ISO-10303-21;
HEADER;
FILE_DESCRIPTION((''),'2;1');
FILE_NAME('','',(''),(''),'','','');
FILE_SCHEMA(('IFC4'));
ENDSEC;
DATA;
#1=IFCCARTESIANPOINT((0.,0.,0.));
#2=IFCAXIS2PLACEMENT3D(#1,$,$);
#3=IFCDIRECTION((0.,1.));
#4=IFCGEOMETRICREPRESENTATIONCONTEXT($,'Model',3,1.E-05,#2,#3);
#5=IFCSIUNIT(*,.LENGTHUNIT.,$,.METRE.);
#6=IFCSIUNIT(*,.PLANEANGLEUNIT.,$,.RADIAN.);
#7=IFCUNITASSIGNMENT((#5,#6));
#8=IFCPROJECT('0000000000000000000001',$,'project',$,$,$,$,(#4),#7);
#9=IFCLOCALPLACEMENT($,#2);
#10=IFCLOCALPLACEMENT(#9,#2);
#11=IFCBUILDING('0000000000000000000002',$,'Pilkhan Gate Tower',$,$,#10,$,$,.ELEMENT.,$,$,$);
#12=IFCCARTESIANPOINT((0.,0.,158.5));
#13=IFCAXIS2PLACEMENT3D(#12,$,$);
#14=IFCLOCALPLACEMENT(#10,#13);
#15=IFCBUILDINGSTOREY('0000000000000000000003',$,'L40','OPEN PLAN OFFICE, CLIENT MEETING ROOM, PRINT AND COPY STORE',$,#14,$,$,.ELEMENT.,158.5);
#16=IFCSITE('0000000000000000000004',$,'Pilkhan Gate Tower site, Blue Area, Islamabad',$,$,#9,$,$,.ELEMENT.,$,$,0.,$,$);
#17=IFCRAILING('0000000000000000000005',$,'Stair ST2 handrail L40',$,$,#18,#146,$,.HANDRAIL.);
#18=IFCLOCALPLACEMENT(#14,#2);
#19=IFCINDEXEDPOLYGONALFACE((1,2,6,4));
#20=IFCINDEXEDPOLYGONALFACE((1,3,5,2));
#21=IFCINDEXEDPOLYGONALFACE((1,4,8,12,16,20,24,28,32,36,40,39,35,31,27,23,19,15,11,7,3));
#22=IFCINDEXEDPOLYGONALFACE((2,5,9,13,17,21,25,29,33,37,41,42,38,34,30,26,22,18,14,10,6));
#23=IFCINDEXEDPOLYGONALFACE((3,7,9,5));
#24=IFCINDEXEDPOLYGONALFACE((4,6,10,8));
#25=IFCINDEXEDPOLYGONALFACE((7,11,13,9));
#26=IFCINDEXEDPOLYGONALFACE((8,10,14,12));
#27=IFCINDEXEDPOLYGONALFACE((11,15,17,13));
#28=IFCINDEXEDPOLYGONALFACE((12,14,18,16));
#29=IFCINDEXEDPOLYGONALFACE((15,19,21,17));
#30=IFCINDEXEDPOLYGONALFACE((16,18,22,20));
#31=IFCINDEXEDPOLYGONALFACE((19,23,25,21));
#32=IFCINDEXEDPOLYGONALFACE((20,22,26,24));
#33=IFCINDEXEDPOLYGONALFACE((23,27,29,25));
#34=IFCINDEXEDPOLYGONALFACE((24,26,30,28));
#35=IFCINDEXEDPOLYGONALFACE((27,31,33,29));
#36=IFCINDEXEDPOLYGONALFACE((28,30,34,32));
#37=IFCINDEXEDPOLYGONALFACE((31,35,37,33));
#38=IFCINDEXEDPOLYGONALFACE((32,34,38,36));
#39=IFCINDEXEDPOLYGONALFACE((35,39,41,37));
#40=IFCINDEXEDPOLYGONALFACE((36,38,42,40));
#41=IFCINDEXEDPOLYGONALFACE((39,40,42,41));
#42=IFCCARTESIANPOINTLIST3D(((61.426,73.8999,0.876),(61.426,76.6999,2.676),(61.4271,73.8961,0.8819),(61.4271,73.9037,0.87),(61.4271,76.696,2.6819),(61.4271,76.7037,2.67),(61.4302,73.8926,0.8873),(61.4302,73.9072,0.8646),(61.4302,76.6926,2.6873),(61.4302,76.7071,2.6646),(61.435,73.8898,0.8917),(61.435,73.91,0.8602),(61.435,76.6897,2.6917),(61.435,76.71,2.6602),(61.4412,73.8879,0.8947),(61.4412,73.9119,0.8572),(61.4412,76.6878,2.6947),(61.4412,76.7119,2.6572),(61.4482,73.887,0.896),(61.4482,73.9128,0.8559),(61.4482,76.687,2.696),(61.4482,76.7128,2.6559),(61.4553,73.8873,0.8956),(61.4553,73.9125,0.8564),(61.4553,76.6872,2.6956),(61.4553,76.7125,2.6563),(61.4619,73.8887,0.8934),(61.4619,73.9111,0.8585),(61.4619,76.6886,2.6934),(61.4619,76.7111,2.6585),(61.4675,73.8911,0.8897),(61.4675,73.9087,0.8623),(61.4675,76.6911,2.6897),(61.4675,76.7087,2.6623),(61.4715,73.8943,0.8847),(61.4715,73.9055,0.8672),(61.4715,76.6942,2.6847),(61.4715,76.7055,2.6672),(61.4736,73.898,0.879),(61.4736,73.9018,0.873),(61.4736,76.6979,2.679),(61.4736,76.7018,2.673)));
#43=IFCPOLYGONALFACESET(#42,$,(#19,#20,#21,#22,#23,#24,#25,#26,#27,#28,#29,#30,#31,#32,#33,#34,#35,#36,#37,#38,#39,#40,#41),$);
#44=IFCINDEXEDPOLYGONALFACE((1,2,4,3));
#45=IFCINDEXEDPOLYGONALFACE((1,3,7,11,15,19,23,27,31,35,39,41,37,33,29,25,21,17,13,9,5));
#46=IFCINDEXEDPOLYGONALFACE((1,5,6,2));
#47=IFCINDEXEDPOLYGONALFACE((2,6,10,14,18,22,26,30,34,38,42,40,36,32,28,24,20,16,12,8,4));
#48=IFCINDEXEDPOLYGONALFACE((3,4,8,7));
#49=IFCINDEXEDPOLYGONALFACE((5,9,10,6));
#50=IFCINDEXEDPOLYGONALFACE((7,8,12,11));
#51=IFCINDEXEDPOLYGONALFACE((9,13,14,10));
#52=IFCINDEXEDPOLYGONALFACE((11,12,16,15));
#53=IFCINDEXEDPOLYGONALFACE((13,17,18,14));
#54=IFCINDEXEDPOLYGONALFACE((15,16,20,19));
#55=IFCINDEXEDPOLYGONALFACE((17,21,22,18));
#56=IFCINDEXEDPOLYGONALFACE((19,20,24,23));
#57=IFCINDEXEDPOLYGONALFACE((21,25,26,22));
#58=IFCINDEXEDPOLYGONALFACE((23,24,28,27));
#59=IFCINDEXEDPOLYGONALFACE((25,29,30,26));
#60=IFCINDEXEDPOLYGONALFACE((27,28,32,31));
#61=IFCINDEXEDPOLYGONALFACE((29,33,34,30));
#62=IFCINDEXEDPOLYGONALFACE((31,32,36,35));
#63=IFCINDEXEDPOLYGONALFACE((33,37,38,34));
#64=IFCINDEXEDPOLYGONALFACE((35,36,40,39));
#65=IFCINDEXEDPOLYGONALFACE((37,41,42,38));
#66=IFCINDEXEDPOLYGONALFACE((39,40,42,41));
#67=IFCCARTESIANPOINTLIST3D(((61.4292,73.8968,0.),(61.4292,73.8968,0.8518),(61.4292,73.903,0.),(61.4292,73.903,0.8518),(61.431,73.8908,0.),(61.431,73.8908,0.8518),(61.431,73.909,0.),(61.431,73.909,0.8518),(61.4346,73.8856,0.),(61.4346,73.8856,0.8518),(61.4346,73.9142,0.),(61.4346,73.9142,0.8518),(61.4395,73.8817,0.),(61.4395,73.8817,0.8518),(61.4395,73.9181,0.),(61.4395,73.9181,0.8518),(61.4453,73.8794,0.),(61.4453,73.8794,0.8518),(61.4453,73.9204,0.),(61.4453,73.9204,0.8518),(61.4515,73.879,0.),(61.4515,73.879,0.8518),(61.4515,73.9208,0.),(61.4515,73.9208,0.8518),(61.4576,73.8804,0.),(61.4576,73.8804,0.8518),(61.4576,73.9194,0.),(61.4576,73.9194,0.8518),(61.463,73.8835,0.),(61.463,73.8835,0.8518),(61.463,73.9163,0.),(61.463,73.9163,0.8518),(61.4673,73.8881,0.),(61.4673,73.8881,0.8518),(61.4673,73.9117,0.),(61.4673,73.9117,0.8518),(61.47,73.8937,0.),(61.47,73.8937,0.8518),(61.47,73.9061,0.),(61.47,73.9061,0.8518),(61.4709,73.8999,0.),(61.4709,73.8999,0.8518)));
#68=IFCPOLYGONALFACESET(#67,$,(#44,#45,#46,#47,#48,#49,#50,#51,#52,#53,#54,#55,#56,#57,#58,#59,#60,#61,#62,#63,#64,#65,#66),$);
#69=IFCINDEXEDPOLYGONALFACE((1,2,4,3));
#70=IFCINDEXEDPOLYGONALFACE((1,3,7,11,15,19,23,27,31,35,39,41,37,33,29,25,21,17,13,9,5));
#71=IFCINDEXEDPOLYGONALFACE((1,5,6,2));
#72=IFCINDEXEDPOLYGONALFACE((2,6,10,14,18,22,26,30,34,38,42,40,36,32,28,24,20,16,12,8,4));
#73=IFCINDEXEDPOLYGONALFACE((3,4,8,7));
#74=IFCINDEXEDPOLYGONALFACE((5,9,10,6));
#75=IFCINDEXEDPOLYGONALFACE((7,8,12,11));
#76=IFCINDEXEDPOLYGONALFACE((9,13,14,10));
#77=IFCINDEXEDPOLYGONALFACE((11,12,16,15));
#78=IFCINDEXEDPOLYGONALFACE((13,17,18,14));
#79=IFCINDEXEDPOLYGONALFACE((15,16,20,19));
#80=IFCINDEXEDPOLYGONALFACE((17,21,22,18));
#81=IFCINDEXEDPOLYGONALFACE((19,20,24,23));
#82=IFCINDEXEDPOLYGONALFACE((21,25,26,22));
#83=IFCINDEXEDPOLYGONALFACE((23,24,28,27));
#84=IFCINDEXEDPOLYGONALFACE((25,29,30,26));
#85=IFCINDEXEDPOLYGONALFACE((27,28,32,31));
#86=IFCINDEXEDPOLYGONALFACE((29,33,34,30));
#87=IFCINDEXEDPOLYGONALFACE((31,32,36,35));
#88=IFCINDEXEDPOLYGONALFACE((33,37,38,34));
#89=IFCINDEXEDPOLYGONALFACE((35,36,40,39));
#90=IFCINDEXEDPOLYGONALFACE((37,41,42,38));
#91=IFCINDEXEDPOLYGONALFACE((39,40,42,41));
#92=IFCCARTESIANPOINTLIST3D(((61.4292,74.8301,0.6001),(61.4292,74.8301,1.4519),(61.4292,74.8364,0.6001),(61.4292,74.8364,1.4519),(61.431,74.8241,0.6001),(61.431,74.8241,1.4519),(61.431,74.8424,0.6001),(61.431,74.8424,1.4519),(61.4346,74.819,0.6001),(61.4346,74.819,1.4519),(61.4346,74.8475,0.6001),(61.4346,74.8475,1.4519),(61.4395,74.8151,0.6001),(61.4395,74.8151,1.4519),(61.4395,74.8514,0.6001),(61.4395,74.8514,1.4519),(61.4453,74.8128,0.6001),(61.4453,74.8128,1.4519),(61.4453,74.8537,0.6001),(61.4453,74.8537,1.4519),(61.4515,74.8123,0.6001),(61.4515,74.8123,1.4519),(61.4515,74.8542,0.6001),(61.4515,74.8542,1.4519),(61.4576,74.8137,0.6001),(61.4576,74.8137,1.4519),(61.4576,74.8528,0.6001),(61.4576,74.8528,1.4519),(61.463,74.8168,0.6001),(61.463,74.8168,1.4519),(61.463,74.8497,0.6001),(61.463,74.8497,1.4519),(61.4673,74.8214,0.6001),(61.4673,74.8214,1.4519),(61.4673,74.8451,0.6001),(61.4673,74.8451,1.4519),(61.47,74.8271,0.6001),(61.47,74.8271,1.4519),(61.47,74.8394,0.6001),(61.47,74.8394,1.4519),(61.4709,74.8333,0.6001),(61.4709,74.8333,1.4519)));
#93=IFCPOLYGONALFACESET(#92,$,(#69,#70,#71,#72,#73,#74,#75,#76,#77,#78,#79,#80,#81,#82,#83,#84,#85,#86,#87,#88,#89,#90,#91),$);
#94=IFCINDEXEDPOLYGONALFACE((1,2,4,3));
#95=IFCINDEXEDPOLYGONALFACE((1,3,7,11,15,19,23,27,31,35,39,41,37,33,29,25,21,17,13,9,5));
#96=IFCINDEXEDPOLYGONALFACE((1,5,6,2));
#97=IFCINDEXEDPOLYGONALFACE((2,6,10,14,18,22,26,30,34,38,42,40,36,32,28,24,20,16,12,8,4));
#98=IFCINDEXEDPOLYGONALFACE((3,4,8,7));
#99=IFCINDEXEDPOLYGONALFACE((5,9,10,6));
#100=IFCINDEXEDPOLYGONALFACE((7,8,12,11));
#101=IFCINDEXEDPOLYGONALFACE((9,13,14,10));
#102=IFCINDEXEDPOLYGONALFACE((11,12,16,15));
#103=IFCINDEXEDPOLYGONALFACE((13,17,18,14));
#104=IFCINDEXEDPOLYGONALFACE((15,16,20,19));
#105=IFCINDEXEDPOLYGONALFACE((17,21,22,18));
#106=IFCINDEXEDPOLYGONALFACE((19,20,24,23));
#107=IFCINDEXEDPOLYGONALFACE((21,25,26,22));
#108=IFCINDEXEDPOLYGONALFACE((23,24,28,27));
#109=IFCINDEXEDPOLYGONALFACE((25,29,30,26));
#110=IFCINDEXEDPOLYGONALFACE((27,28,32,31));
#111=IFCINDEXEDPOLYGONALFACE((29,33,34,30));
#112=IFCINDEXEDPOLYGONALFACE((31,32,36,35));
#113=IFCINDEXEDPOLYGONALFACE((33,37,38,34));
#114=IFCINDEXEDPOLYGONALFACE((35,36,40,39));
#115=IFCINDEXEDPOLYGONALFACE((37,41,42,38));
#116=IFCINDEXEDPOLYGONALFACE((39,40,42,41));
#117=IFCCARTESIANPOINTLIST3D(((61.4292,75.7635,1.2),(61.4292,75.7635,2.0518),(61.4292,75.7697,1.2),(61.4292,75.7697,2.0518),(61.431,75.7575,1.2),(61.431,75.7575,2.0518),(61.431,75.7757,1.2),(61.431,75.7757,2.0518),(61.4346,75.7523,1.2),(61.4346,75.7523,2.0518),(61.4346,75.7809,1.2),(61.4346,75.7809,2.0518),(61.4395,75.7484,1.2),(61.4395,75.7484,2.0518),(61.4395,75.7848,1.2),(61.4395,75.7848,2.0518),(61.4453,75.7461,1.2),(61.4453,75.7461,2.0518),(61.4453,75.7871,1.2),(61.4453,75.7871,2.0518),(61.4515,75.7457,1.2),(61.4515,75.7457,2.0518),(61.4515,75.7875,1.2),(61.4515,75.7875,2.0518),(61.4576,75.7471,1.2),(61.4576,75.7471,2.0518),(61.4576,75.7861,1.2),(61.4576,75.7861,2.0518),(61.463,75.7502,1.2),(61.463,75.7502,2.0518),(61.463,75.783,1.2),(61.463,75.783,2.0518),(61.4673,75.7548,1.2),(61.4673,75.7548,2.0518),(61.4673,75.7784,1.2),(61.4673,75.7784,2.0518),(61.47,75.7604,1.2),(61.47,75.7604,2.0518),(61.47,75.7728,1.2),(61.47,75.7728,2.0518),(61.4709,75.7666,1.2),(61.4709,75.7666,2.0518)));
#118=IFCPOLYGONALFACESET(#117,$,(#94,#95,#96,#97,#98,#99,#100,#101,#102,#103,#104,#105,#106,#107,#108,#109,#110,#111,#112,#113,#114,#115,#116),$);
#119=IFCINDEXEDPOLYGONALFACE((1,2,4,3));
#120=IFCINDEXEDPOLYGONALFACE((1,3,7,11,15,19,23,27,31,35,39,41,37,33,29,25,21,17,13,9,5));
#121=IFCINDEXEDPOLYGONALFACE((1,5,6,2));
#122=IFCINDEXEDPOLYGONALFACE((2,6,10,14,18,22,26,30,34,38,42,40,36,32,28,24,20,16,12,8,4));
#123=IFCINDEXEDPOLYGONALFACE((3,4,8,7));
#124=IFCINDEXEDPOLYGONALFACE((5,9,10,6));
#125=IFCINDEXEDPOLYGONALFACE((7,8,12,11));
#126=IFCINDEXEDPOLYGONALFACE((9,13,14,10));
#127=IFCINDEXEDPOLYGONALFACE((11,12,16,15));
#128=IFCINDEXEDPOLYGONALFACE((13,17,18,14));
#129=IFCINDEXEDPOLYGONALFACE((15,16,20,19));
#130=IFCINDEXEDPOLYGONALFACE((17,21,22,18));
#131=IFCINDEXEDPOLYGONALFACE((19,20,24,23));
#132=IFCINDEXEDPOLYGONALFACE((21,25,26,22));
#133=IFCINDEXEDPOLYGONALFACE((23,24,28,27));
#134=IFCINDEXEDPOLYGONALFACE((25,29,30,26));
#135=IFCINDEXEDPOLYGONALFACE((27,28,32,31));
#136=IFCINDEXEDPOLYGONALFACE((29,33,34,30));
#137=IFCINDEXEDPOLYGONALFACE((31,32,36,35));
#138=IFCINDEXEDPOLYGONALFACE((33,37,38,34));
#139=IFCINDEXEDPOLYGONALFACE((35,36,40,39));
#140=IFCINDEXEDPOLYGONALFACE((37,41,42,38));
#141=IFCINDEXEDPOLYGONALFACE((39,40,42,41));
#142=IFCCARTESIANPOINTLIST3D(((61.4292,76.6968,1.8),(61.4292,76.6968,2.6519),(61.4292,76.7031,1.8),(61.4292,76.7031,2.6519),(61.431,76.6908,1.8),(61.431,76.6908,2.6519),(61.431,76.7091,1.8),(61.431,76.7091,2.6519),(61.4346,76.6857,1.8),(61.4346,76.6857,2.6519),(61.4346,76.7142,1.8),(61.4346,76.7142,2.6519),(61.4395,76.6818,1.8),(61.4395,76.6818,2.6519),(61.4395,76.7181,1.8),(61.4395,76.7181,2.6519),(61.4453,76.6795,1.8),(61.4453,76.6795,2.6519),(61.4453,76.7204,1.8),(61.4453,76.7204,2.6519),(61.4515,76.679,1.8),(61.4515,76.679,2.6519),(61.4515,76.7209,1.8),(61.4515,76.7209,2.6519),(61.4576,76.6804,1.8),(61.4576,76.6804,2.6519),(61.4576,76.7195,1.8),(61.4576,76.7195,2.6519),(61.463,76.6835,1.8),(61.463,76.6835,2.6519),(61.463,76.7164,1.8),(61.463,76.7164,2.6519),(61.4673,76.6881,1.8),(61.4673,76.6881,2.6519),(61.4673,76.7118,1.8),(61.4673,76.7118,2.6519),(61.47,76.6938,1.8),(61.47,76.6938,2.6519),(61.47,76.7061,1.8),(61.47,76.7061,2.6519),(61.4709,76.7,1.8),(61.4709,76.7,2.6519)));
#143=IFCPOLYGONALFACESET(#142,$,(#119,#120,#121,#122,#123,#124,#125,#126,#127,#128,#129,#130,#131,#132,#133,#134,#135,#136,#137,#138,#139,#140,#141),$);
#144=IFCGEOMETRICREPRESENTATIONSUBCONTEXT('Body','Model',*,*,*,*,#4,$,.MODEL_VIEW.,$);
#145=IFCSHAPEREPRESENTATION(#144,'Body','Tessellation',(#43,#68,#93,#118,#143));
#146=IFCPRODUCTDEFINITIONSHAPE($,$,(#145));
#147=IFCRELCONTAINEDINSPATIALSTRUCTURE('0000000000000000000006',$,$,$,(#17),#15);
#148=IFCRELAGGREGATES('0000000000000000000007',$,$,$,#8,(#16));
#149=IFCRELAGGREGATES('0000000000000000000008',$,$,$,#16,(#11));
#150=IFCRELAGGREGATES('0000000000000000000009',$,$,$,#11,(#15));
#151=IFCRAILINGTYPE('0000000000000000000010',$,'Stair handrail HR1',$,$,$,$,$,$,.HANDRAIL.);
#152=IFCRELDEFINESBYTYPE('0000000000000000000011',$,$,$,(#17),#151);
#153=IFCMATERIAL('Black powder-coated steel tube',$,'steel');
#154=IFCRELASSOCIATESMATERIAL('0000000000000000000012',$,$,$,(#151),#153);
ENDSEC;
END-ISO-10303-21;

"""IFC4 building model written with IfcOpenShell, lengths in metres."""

from ifc_helpers import new_model, si_unit, direction, frame, origin, origin_2d, place, context, subcontext, project, spatial, circle, extrude, material, type_object, element, save


model = new_model("IFC4")

# Units and contexts
model_context = context("Model", 3, precision=1e-05, world=origin(), true_north=direction((0.0, 1.0)))
body_context = subcontext(model_context, "Body", "Model", "MODEL_VIEW")
ifc_project = project(units=[si_unit("LENGTHUNIT", "METRE"), si_unit("PLANEANGLEUNIT", "RADIAN")], contexts=[model_context])

# Site, building, storey
site_placement = place(None, origin())
site = spatial("IfcSite", under=ifc_project, at=site_placement, Name="Pilkhan Gate Tower site, Blue Area, Islamabad", CompositionType="ELEMENT", RefElevation=0.0)
building_placement = place(site_placement, origin())
building = spatial("IfcBuilding", under=site, at=building_placement, Name="Pilkhan Gate Tower", CompositionType="ELEMENT")
storey_placement = place(building_placement, frame((0.0, 0.0, 158.5)))
storey = spatial("IfcBuildingStorey", under=building, at=storey_placement, Name="L40", Description="OPEN PLAN OFFICE, CLIENT MEETING ROOM, PRINT AND COPY STORE", CompositionType="ELEMENT", Elevation=158.5)

# Railing
ifc_material_1 = material(Name="Black powder-coated steel tube", Category="steel")
railing_type_1 = type_object("IfcRailingType", Name="Stair handrail HR1", PredefinedType="HANDRAIL", material=ifc_material_1)
railing_1_placement = place(storey_placement, frame((61.45, 73.8999, 0.0)))
element("IfcRailing", 1, at=railing_1_placement, inside=storey, type_object=railing_type_1, Name="Stair ST2 handrail L40", PredefinedType="HANDRAIL", context=body_context, shape_type="SweptSolid", body=[
    extrude(circle(Radius=0.0239, at=origin_2d()), frame((0.0, 0.0, 0.876), z_axis=(0.0, 0.841176, 0.540761), x_axis=(-1.0, 0.0, 0.0)), (0.0, 0.0, 1.0), 3.3286),
    extrude(circle(Radius=0.021, at=origin_2d()), origin(), (0.0, 0.0, 1.0), 0.8518),
    extrude(circle(Radius=0.021, at=origin_2d()), frame((0.0, 0.9333, 0.6001)), (0.0, 0.0, 1.0), 0.8518),
    extrude(circle(Radius=0.021, at=origin_2d()), frame((0.0, 1.8667, 1.2)), (0.0, 0.0, 1.0), 0.8518),
    extrude(circle(Radius=0.021, at=origin_2d()), frame((0.0, 2.8, 1.8)), (0.0, 0.0, 1.0), 0.8518),
])

save(model, "model.ifc")
